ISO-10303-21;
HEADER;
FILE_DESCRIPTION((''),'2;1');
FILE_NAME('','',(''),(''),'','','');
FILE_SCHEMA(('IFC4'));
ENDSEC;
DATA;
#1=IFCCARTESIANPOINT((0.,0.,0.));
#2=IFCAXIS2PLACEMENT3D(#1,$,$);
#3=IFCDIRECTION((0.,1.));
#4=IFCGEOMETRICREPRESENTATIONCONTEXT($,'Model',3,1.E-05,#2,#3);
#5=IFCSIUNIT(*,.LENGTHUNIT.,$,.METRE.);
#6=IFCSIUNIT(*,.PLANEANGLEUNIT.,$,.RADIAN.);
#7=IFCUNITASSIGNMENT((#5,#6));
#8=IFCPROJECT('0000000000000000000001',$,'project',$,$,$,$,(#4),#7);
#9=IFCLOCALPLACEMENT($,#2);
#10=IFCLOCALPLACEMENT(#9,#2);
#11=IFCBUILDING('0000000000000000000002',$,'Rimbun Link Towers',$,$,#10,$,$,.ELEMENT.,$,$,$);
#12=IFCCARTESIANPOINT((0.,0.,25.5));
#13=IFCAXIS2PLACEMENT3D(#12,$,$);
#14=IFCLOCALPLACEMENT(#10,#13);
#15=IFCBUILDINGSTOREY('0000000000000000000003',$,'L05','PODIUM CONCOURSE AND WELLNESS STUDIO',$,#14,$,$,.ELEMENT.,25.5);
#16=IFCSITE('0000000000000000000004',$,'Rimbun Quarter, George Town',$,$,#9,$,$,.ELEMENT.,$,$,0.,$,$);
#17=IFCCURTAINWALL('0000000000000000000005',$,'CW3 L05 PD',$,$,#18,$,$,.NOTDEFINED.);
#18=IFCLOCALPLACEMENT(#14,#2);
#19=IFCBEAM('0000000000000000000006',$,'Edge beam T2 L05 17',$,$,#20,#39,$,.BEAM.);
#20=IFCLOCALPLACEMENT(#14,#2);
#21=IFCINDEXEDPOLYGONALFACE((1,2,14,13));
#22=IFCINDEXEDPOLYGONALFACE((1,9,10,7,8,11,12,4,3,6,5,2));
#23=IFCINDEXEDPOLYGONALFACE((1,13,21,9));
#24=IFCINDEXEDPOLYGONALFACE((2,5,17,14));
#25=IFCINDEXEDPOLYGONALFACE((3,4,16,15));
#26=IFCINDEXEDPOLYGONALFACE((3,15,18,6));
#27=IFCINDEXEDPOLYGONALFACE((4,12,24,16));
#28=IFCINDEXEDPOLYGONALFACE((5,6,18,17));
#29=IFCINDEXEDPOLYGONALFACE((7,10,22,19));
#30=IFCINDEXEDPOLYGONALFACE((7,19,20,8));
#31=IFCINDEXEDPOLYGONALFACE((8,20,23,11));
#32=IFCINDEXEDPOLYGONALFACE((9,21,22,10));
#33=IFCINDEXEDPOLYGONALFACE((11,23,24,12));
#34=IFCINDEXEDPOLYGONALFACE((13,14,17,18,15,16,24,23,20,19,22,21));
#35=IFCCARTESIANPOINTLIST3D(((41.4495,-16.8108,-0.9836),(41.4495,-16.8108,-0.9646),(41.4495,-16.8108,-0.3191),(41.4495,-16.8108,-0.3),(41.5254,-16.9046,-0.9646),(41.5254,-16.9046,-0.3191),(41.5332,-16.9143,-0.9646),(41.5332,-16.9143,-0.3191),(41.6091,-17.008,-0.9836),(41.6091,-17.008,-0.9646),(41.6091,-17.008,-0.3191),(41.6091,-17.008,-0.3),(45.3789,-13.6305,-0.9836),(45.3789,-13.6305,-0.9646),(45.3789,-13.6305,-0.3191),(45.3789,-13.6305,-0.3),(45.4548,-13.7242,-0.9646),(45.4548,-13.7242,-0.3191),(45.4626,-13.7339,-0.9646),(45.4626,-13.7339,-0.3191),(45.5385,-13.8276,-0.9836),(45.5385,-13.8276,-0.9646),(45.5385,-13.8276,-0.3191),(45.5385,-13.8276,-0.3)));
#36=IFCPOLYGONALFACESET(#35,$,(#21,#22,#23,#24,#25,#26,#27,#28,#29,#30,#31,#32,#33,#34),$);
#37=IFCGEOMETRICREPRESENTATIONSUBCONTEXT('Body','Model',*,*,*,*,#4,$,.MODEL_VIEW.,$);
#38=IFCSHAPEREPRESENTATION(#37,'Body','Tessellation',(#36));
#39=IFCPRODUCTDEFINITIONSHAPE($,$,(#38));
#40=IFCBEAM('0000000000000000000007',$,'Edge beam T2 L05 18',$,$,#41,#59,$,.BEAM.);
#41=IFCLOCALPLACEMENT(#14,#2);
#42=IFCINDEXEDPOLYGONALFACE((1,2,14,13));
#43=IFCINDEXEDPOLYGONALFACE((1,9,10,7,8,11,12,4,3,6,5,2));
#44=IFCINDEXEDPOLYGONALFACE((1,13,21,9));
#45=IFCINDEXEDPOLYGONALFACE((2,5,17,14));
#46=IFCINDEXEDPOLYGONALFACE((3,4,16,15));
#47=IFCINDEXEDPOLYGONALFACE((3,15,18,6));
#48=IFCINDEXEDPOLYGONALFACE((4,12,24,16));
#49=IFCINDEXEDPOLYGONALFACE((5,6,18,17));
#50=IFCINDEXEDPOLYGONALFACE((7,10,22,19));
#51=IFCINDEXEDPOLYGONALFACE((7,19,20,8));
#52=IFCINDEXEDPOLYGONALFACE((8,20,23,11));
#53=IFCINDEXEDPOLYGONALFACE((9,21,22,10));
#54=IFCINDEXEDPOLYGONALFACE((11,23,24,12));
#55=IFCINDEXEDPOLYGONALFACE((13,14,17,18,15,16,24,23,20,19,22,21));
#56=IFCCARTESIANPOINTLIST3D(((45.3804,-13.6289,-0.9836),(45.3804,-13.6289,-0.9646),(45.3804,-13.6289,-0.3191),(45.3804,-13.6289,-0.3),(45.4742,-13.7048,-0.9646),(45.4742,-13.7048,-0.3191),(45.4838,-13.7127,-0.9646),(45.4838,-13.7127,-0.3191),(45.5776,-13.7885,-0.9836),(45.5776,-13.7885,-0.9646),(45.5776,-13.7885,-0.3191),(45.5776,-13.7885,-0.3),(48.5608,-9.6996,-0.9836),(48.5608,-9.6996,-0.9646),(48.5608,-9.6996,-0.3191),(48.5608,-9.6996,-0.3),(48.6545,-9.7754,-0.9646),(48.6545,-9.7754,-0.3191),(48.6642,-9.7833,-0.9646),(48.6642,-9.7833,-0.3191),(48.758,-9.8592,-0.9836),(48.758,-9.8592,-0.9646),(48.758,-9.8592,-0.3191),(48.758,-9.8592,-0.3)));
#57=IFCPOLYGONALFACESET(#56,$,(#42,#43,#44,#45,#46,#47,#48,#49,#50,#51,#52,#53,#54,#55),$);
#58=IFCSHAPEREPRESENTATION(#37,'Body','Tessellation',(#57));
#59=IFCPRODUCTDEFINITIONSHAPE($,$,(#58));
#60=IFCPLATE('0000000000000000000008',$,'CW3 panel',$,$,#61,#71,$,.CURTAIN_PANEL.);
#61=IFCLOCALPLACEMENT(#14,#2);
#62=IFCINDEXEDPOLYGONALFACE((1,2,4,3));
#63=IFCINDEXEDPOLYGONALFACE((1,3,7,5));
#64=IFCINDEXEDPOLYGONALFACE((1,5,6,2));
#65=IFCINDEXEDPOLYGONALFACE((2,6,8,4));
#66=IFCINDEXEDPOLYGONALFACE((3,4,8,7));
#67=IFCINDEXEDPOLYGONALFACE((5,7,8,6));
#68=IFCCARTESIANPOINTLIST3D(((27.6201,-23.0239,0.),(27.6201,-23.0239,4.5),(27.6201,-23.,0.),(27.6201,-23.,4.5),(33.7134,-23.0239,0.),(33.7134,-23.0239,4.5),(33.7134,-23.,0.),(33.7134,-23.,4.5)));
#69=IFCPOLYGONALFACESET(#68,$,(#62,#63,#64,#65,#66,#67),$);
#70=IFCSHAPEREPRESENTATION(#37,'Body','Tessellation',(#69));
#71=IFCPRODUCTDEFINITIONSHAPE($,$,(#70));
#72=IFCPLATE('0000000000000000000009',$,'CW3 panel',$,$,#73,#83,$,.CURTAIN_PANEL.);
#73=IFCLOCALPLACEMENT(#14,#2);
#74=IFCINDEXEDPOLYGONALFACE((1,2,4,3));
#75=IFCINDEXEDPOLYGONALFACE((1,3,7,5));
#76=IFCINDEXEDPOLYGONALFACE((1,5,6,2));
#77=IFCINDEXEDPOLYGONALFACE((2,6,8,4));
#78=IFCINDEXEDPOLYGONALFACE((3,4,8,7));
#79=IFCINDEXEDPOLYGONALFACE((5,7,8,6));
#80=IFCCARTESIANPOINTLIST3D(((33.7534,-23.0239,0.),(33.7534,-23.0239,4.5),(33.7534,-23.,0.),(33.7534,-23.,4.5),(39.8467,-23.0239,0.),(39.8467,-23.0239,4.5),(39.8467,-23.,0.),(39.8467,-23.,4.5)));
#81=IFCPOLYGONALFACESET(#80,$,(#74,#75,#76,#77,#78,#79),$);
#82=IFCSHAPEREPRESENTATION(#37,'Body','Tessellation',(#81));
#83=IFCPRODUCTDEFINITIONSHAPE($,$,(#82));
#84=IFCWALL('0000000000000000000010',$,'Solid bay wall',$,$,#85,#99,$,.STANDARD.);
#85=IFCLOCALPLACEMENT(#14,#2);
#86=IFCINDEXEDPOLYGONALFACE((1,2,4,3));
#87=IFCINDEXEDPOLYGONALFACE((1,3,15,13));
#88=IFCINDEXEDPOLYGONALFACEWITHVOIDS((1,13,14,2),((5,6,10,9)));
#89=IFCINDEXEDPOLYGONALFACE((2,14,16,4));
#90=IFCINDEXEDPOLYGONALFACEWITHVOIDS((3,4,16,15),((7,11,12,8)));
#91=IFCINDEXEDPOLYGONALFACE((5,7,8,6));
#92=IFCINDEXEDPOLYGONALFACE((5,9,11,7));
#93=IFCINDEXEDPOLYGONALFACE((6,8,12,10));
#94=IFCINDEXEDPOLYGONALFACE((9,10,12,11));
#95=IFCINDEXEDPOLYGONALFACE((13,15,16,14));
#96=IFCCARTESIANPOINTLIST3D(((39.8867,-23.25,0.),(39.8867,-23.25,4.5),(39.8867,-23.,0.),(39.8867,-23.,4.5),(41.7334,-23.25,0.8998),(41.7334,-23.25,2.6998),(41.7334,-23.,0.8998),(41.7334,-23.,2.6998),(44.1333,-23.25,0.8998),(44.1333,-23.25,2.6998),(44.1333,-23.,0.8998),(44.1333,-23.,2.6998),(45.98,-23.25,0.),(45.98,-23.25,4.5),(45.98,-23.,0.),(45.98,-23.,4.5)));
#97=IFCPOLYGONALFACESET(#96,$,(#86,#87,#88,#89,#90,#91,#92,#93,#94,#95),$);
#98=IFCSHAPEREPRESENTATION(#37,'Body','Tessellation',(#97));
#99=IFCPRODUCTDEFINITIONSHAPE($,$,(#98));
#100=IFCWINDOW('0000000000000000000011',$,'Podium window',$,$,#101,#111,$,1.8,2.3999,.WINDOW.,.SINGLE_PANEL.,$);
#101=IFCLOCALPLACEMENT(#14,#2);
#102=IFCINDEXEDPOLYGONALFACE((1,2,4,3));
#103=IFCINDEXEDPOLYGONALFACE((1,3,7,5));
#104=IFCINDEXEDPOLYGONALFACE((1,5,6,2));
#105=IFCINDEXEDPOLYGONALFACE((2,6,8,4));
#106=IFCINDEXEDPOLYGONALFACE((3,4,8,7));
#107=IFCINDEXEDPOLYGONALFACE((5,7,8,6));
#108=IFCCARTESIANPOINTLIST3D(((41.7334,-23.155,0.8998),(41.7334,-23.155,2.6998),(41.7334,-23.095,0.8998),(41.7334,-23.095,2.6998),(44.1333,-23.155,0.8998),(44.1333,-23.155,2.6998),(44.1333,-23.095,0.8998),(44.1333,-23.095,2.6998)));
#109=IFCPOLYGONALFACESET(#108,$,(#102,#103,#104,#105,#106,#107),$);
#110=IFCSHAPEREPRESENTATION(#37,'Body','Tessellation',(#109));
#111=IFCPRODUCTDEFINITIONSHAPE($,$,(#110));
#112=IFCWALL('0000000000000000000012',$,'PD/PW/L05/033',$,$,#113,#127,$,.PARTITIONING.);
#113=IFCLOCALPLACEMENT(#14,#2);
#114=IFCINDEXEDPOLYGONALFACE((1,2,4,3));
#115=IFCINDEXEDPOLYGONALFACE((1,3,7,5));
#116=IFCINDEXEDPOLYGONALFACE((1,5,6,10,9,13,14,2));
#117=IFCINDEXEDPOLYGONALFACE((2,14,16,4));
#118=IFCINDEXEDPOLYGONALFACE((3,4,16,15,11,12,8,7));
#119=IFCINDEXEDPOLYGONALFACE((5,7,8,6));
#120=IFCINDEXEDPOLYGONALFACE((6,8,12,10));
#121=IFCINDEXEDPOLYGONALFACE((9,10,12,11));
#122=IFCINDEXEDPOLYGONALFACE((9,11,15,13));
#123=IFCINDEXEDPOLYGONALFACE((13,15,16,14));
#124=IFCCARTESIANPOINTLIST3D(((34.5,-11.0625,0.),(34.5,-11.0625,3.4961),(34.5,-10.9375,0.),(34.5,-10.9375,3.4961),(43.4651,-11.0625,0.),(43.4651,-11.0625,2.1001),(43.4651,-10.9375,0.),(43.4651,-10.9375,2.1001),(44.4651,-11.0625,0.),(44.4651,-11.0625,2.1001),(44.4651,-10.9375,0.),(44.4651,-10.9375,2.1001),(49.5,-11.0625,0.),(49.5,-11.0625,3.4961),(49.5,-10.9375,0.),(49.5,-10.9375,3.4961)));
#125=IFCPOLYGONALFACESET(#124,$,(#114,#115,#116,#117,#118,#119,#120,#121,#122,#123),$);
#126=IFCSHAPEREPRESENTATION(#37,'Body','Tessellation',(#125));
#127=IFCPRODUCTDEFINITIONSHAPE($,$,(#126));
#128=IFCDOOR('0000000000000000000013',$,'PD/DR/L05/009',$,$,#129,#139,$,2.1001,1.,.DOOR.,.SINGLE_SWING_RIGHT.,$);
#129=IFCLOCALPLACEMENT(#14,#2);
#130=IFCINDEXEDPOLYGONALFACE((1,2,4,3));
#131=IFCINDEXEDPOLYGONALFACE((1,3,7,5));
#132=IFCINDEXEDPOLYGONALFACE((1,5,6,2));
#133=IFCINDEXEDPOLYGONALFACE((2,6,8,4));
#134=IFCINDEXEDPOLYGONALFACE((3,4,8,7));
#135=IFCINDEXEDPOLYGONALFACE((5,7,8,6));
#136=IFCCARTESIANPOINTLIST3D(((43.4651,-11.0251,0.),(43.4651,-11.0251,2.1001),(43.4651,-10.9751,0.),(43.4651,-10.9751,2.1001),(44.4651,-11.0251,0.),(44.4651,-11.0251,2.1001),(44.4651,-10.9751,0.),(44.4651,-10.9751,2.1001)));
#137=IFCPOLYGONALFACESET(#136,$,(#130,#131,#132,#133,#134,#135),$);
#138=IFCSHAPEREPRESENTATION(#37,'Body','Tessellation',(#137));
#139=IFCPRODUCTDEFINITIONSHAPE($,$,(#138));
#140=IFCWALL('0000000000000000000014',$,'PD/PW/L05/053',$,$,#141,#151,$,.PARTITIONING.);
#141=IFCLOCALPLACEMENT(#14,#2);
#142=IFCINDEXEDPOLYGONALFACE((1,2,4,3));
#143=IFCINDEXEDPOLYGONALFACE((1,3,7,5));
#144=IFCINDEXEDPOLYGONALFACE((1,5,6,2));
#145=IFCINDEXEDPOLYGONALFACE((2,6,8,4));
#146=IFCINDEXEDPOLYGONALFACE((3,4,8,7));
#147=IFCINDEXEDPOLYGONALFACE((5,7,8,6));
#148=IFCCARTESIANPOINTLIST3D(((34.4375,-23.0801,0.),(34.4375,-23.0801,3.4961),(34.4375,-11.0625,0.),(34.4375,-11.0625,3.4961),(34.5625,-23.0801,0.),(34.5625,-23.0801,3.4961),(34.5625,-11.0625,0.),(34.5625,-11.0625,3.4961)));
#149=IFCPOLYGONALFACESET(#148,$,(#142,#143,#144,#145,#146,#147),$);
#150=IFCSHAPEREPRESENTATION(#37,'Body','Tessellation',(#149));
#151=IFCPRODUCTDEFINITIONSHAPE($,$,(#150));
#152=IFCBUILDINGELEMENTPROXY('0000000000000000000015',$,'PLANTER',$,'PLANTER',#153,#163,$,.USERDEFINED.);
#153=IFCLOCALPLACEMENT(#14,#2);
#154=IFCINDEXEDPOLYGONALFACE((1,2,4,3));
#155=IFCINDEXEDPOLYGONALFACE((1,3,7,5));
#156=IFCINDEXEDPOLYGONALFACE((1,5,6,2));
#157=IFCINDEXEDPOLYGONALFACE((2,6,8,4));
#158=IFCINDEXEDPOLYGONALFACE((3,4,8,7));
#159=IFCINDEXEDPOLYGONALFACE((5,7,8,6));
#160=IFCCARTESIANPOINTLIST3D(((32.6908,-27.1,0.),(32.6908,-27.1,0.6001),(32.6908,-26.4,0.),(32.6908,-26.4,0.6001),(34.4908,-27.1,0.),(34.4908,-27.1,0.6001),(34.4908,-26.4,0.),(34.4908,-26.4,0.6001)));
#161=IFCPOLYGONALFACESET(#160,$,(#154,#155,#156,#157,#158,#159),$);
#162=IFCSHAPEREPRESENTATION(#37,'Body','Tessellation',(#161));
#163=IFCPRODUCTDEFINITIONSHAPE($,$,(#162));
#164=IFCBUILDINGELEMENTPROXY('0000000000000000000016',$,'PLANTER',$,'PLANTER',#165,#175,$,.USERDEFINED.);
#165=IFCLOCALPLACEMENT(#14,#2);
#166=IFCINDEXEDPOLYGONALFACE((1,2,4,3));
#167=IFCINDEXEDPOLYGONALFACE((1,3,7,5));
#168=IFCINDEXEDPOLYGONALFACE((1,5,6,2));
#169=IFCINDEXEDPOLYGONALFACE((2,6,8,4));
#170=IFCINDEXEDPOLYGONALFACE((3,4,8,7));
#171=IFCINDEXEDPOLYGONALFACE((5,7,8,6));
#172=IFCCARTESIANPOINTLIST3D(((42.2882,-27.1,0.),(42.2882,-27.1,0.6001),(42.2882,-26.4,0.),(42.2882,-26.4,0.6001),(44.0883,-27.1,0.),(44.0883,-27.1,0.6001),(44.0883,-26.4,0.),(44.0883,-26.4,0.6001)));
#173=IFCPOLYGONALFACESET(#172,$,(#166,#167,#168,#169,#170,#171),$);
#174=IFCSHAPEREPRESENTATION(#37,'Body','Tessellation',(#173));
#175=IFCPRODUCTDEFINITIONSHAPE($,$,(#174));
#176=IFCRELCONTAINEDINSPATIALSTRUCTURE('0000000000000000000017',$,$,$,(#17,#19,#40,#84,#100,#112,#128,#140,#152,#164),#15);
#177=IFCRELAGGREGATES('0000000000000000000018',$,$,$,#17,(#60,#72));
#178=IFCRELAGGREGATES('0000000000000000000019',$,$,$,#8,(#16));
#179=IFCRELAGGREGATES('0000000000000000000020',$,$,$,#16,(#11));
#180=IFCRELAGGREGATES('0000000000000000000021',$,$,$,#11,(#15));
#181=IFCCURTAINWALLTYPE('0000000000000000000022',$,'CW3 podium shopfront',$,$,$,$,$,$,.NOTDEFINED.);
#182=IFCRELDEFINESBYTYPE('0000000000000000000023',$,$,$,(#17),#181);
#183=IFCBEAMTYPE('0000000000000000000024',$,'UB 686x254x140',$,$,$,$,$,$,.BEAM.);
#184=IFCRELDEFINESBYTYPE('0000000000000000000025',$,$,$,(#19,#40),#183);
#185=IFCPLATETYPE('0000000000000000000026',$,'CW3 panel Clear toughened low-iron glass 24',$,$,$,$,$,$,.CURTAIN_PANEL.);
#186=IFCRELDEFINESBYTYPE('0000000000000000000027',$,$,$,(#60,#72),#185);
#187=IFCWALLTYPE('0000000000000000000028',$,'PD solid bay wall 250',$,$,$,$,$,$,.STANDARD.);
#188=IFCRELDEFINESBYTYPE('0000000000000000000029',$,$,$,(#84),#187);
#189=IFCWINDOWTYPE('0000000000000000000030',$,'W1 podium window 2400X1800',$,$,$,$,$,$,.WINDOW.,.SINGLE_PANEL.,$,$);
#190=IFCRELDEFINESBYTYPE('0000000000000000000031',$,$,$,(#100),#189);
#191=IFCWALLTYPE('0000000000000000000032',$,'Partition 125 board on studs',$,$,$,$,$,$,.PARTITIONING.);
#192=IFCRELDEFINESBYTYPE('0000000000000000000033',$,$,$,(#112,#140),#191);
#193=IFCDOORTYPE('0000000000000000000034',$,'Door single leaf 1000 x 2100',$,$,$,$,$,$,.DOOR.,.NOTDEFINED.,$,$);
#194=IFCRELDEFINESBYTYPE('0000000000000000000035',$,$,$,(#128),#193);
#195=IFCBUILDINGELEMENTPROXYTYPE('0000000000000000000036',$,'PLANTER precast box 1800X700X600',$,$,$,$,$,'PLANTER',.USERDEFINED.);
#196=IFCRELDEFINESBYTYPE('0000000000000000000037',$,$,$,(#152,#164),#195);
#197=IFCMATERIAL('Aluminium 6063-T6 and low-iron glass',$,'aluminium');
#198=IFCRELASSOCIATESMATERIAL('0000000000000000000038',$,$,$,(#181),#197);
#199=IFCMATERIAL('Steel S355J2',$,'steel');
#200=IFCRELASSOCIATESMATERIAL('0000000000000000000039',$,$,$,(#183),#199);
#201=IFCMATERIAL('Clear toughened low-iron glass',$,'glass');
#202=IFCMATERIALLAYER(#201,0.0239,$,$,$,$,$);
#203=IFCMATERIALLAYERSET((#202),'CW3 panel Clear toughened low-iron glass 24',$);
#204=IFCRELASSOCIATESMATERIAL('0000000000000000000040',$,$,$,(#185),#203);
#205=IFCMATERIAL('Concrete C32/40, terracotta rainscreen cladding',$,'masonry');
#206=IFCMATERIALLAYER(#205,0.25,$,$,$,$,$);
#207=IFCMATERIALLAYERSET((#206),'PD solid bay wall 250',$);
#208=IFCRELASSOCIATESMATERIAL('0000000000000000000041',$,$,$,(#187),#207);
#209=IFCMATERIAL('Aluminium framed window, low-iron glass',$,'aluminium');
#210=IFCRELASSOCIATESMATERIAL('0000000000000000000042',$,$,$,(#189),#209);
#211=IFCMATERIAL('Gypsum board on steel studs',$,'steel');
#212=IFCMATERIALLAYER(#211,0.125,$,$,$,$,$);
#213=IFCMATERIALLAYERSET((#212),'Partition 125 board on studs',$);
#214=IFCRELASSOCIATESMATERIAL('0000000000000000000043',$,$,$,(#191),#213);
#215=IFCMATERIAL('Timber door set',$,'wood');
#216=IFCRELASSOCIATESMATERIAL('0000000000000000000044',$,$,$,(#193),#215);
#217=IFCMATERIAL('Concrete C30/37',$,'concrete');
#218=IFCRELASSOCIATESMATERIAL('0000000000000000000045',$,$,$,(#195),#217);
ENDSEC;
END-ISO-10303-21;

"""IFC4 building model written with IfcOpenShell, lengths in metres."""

from ifc_helpers import new_model, si_unit, direction, frame, frame_2d, origin, origin_2d, place, context, subcontext, project, spatial, rectangle, i_section, extrude, material, layer, layer_set, material_profile, profile_set, type_object, element, fill, aggregate, save


model = new_model("IFC4")

# Units and contexts
model_context = context("Model", 3, precision=1e-05, world=origin(), true_north=direction((0.0, 1.0)))
body_context = subcontext(model_context, "Body", "Model", "MODEL_VIEW")
ifc_project = project(units=[si_unit("LENGTHUNIT", "METRE"), si_unit("PLANEANGLEUNIT", "RADIAN")], contexts=[model_context])

# Site, building, storey
site_placement = place(None, origin())
site = spatial("IfcSite", under=ifc_project, at=site_placement, Name="Rimbun Quarter, George Town", CompositionType="ELEMENT", RefElevation=0.0)
building_placement = place(site_placement, origin())
building = spatial("IfcBuilding", under=site, at=building_placement, Name="Rimbun Link Towers", CompositionType="ELEMENT")
storey_placement = place(building_placement, frame((0.0, 0.0, 25.5)))
storey = spatial("IfcBuildingStorey", under=building, at=storey_placement, Name="L05", Description="PODIUM CONCOURSE AND WELLNESS STUDIO", CompositionType="ELEMENT", Elevation=25.5)

# Curtain wall
ifc_material_1 = material(Name="Aluminium 6063-T6 and low-iron glass", Category="aluminium")
curtain_wall_type = type_object("IfcCurtainWallType", Name="CW3 podium shopfront", PredefinedType="NOTDEFINED", material=ifc_material_1)
curtain_wall_placement = place(storey_placement, origin())
curtain_wall = element("IfcCurtainWall", 1, at=curtain_wall_placement, inside=storey, type_object=curtain_wall_type, Name="CW3 L05 PD", PredefinedType="NOTDEFINED")

# Beams
ifc_material_2 = material(Name="Steel S355J2", Category="steel")
ifc_material_profile_1 = material_profile(ifc_material_2, i_section(OverallWidth=0.2537, OverallDepth=0.6836, WebThickness=0.0125, FlangeThickness=0.019, at=origin_2d()), Name="UB 686x254x140")
ifc_profile_set_1 = profile_set([ifc_material_profile_1], Name="Steel S355J2")
beam_type_1 = type_object("IfcBeamType", Name="UB 686x254x140", PredefinedType="BEAM", material=ifc_profile_set_1)
for number, where, z_axis, x_axis, name in (
    (2, (41.5293, -16.9094, -0.6418), (0.777299, 0.629132, 0.0), (-0.629132, 0.777299, 0.0), "Edge beam T2 L05 17"),
    (3, (45.479, -13.7087, -0.6418), (0.629132, 0.777299, 0.0), (-0.777299, 0.629132, 0.0), "Edge beam T2 L05 18"),
):
    element("IfcBeam", number, at=place(storey_placement, frame(where, z_axis=z_axis, x_axis=x_axis)), inside=storey, type_object=beam_type_1, Name=name, PredefinedType="BEAM", context=body_context, shape_type="SweptSolid", body=[
        extrude(i_section(OverallWidth=0.2537, OverallDepth=0.6836, WebThickness=0.0125, FlangeThickness=0.019, at=origin_2d()), origin(), (0.0, 0.0, 1.0), 5.0552),
    ])

# Plates
ifc_material_3 = material(Name="Clear toughened low-iron glass", Category="glass")
ifc_layer_1 = layer(ifc_material_3, 0.0239)
ifc_layer_set_1 = layer_set([ifc_layer_1], Name="CW3 panel Clear toughened low-iron glass 24")
plate_type = type_object("IfcPlateType", Name="CW3 panel Clear toughened low-iron glass 24", PredefinedType="CURTAIN_PANEL", material=ifc_layer_set_1)
plate_1_placement = place(storey_placement, frame((30.6667, -23.012, 0.0), z_axis=(0.0, 0.0, 1.0), x_axis=(-1.0, 0.0, 0.0)))
plate_1 = element("IfcPlate", 4, at=plate_1_placement, type_object=plate_type, Name="CW3 panel", PredefinedType="CURTAIN_PANEL", context=body_context, shape_type="SweptSolid", body=[
    extrude(rectangle(XDim=6.0933, YDim=0.0239, at=origin_2d()), origin(), (0.0, 0.0, 1.0), 4.5),
])
plate_2_placement = place(storey_placement, frame((36.8, -23.012, 0.0), z_axis=(0.0, 0.0, 1.0), x_axis=(-1.0, 0.0, 0.0)))
plate_2 = element("IfcPlate", 5, at=plate_2_placement, type_object=plate_type, Name="CW3 panel", PredefinedType="CURTAIN_PANEL", context=body_context, shape_type="SweptSolid", body=[
    extrude(rectangle(XDim=6.0933, YDim=0.0239, at=origin_2d()), origin(), (0.0, 0.0, 1.0), 4.5),
])
aggregate(curtain_wall, [plate_1, plate_2])

# Wall, opening, window
ifc_material_4 = material(Name="Concrete C32/40, terracotta rainscreen cladding", Category="masonry")
ifc_layer_2 = layer(ifc_material_4, 0.25)
ifc_layer_set_2 = layer_set([ifc_layer_2], Name="PD solid bay wall 250")
wall_type_1 = type_object("IfcWallType", Name="PD solid bay wall 250", PredefinedType="STANDARD", material=ifc_layer_set_2)
wall_1_placement = place(storey_placement, frame((45.98, -23.125, 0.0), z_axis=(0.0, 0.0, 1.0), x_axis=(-1.0, 0.0, 0.0)))
wall_1 = element("IfcWall", 6, at=wall_1_placement, inside=storey, type_object=wall_type_1, Name="Solid bay wall", PredefinedType="STANDARD", context=body_context, shape_type="SweptSolid", body=[
    extrude(rectangle(XDim=6.0933, YDim=0.25, at=frame_2d((3.0466, 0.0))), origin(), (0.0, 0.0, 1.0), 4.5),
])
opening_1_placement = place(wall_1_placement, frame((1.8467, 0.0, 0.8999)))
opening_1 = element("IfcOpeningElement", 7, at=opening_1_placement, cuts=wall_1, PredefinedType="OPENING", context=body_context, shape_type="SweptSolid", body=[
    extrude(rectangle(XDim=2.3999, YDim=1.8, at=frame_2d((1.2, 0.8999))), frame((0.0, 0.135, 0.0), z_axis=(0.0, -1.0, 0.0), x_axis=(1.0, 0.0, 0.0)), (0.0, 0.0, 1.0), 0.27),
])
ifc_material_5 = material(Name="Aluminium framed window, low-iron glass", Category="aluminium")
window_type = type_object("IfcWindowType", Name="W1 podium window 2400X1800", PartitioningType="SINGLE_PANEL", PredefinedType="WINDOW", material=ifc_material_5)
window_placement = place(opening_1_placement, origin())
window = element("IfcWindow", 8, at=window_placement, inside=storey, type_object=window_type, Name="Podium window", OverallHeight=1.8, OverallWidth=2.3999, PartitioningType="SINGLE_PANEL", PredefinedType="WINDOW", context=body_context, shape_type="SweptSolid", body=[
    extrude(rectangle(XDim=2.3999, YDim=1.8, at=frame_2d((1.2, 0.8999))), frame((0.0, 0.03, 0.0), z_axis=(0.0, -1.0, 0.0), x_axis=(1.0, 0.0, 0.0)), (0.0, 0.0, 1.0), 0.0601),
])
fill(opening_1, window)

# Wall, opening, door
ifc_material_6 = material(Name="Gypsum board on steel studs", Category="steel")
ifc_layer_3 = layer(ifc_material_6, 0.125)
ifc_layer_set_3 = layer_set([ifc_layer_3], Name="Partition 125 board on studs")
wall_type_2 = type_object("IfcWallType", Name="Partition 125 board on studs", PredefinedType="PARTITIONING", material=ifc_layer_set_3)
wall_2_placement = place(storey_placement, frame((34.5, -11.0, 0.0), z_axis=(0.0, 0.0, 1.0), x_axis=(1.0, 0.0, 0.0)))
wall_2 = element("IfcWall", 9, at=wall_2_placement, inside=storey, type_object=wall_type_2, Name="PD/PW/L05/033", PredefinedType="PARTITIONING", context=body_context, shape_type="SweptSolid", body=[
    extrude(rectangle(XDim=15.0, YDim=0.125, at=frame_2d((7.5, 0.0))), origin(), (0.0, 0.0, 1.0), 3.4961),
])
opening_2_placement = place(wall_2_placement, frame((8.9651, 0.0, 0.0)))
opening_2 = element("IfcOpeningElement", 10, at=opening_2_placement, cuts=wall_2, PredefinedType="OPENING", context=body_context, shape_type="SweptSolid", body=[
    extrude(rectangle(XDim=1.0, YDim=2.1001, at=frame_2d((0.5, 1.05))), frame((0.0, 0.0725, 0.0), z_axis=(0.0, -1.0, 0.0), x_axis=(1.0, 0.0, 0.0)), (0.0, 0.0, 1.0), 0.145),
])
ifc_material_7 = material(Name="Timber door set", Category="wood")
door_type = type_object("IfcDoorType", Name="Door single leaf 1000 x 2100", OperationType="NOTDEFINED", PredefinedType="DOOR", material=ifc_material_7)
door_placement = place(opening_2_placement, origin())
door = element("IfcDoor", 11, at=door_placement, inside=storey, type_object=door_type, Name="PD/DR/L05/009", OperationType="SINGLE_SWING_RIGHT", OverallHeight=2.1001, OverallWidth=1.0, PredefinedType="DOOR", context=body_context, shape_type="SweptSolid", body=[
    extrude(rectangle(XDim=1.0, YDim=2.1001, at=frame_2d((0.5, 1.05))), frame((0.0, 0.0249, 0.0), z_axis=(0.0, -1.0, 0.0), x_axis=(1.0, 0.0, 0.0)), (0.0, 0.0, 1.0), 0.05),
])
fill(opening_2, door)

# Wall
wall_3_placement = place(storey_placement, frame((34.5, -23.0801, 0.0), z_axis=(0.0, 0.0, 1.0), x_axis=(0.0, 1.0, 0.0)))
element("IfcWall", 12, at=wall_3_placement, inside=storey, type_object=wall_type_2, Name="PD/PW/L05/053", PredefinedType="PARTITIONING", context=body_context, shape_type="SweptSolid", body=[
    extrude(rectangle(XDim=12.0176, YDim=0.125, at=frame_2d((6.0088, 0.0))), origin(), (0.0, 0.0, 1.0), 3.4961),
])

# Building element proxies
ifc_material_8 = material(Name="Concrete C30/37", Category="concrete")
building_element_proxy_type = type_object("IfcBuildingElementProxyType", Name="PLANTER precast box 1800X700X600", ElementType="PLANTER", PredefinedType="USERDEFINED", material=ifc_material_8)
for number, where, z_axis, x_axis, name in (
    (13, (33.5908, -26.75, 0.0), (0.0, 0.0, 1.0), (1.0, 0.0, 0.0), "PLANTER"),
    (14, (43.1882, -26.75, 0.0), (0.0, 0.0, 1.0), (1.0, 0.0, 0.0), "PLANTER"),
):
    element("IfcBuildingElementProxy", number, at=place(storey_placement, frame(where, z_axis=z_axis, x_axis=x_axis)), inside=storey, type_object=building_element_proxy_type, Name=name, ObjectType="PLANTER", PredefinedType="USERDEFINED", context=body_context, shape_type="SweptSolid", body=[
        extrude(rectangle(XDim=1.8, YDim=0.7, at=origin_2d()), origin(), (0.0, 0.0, 1.0), 0.6001),
    ])

save(model, "model.ifc")
